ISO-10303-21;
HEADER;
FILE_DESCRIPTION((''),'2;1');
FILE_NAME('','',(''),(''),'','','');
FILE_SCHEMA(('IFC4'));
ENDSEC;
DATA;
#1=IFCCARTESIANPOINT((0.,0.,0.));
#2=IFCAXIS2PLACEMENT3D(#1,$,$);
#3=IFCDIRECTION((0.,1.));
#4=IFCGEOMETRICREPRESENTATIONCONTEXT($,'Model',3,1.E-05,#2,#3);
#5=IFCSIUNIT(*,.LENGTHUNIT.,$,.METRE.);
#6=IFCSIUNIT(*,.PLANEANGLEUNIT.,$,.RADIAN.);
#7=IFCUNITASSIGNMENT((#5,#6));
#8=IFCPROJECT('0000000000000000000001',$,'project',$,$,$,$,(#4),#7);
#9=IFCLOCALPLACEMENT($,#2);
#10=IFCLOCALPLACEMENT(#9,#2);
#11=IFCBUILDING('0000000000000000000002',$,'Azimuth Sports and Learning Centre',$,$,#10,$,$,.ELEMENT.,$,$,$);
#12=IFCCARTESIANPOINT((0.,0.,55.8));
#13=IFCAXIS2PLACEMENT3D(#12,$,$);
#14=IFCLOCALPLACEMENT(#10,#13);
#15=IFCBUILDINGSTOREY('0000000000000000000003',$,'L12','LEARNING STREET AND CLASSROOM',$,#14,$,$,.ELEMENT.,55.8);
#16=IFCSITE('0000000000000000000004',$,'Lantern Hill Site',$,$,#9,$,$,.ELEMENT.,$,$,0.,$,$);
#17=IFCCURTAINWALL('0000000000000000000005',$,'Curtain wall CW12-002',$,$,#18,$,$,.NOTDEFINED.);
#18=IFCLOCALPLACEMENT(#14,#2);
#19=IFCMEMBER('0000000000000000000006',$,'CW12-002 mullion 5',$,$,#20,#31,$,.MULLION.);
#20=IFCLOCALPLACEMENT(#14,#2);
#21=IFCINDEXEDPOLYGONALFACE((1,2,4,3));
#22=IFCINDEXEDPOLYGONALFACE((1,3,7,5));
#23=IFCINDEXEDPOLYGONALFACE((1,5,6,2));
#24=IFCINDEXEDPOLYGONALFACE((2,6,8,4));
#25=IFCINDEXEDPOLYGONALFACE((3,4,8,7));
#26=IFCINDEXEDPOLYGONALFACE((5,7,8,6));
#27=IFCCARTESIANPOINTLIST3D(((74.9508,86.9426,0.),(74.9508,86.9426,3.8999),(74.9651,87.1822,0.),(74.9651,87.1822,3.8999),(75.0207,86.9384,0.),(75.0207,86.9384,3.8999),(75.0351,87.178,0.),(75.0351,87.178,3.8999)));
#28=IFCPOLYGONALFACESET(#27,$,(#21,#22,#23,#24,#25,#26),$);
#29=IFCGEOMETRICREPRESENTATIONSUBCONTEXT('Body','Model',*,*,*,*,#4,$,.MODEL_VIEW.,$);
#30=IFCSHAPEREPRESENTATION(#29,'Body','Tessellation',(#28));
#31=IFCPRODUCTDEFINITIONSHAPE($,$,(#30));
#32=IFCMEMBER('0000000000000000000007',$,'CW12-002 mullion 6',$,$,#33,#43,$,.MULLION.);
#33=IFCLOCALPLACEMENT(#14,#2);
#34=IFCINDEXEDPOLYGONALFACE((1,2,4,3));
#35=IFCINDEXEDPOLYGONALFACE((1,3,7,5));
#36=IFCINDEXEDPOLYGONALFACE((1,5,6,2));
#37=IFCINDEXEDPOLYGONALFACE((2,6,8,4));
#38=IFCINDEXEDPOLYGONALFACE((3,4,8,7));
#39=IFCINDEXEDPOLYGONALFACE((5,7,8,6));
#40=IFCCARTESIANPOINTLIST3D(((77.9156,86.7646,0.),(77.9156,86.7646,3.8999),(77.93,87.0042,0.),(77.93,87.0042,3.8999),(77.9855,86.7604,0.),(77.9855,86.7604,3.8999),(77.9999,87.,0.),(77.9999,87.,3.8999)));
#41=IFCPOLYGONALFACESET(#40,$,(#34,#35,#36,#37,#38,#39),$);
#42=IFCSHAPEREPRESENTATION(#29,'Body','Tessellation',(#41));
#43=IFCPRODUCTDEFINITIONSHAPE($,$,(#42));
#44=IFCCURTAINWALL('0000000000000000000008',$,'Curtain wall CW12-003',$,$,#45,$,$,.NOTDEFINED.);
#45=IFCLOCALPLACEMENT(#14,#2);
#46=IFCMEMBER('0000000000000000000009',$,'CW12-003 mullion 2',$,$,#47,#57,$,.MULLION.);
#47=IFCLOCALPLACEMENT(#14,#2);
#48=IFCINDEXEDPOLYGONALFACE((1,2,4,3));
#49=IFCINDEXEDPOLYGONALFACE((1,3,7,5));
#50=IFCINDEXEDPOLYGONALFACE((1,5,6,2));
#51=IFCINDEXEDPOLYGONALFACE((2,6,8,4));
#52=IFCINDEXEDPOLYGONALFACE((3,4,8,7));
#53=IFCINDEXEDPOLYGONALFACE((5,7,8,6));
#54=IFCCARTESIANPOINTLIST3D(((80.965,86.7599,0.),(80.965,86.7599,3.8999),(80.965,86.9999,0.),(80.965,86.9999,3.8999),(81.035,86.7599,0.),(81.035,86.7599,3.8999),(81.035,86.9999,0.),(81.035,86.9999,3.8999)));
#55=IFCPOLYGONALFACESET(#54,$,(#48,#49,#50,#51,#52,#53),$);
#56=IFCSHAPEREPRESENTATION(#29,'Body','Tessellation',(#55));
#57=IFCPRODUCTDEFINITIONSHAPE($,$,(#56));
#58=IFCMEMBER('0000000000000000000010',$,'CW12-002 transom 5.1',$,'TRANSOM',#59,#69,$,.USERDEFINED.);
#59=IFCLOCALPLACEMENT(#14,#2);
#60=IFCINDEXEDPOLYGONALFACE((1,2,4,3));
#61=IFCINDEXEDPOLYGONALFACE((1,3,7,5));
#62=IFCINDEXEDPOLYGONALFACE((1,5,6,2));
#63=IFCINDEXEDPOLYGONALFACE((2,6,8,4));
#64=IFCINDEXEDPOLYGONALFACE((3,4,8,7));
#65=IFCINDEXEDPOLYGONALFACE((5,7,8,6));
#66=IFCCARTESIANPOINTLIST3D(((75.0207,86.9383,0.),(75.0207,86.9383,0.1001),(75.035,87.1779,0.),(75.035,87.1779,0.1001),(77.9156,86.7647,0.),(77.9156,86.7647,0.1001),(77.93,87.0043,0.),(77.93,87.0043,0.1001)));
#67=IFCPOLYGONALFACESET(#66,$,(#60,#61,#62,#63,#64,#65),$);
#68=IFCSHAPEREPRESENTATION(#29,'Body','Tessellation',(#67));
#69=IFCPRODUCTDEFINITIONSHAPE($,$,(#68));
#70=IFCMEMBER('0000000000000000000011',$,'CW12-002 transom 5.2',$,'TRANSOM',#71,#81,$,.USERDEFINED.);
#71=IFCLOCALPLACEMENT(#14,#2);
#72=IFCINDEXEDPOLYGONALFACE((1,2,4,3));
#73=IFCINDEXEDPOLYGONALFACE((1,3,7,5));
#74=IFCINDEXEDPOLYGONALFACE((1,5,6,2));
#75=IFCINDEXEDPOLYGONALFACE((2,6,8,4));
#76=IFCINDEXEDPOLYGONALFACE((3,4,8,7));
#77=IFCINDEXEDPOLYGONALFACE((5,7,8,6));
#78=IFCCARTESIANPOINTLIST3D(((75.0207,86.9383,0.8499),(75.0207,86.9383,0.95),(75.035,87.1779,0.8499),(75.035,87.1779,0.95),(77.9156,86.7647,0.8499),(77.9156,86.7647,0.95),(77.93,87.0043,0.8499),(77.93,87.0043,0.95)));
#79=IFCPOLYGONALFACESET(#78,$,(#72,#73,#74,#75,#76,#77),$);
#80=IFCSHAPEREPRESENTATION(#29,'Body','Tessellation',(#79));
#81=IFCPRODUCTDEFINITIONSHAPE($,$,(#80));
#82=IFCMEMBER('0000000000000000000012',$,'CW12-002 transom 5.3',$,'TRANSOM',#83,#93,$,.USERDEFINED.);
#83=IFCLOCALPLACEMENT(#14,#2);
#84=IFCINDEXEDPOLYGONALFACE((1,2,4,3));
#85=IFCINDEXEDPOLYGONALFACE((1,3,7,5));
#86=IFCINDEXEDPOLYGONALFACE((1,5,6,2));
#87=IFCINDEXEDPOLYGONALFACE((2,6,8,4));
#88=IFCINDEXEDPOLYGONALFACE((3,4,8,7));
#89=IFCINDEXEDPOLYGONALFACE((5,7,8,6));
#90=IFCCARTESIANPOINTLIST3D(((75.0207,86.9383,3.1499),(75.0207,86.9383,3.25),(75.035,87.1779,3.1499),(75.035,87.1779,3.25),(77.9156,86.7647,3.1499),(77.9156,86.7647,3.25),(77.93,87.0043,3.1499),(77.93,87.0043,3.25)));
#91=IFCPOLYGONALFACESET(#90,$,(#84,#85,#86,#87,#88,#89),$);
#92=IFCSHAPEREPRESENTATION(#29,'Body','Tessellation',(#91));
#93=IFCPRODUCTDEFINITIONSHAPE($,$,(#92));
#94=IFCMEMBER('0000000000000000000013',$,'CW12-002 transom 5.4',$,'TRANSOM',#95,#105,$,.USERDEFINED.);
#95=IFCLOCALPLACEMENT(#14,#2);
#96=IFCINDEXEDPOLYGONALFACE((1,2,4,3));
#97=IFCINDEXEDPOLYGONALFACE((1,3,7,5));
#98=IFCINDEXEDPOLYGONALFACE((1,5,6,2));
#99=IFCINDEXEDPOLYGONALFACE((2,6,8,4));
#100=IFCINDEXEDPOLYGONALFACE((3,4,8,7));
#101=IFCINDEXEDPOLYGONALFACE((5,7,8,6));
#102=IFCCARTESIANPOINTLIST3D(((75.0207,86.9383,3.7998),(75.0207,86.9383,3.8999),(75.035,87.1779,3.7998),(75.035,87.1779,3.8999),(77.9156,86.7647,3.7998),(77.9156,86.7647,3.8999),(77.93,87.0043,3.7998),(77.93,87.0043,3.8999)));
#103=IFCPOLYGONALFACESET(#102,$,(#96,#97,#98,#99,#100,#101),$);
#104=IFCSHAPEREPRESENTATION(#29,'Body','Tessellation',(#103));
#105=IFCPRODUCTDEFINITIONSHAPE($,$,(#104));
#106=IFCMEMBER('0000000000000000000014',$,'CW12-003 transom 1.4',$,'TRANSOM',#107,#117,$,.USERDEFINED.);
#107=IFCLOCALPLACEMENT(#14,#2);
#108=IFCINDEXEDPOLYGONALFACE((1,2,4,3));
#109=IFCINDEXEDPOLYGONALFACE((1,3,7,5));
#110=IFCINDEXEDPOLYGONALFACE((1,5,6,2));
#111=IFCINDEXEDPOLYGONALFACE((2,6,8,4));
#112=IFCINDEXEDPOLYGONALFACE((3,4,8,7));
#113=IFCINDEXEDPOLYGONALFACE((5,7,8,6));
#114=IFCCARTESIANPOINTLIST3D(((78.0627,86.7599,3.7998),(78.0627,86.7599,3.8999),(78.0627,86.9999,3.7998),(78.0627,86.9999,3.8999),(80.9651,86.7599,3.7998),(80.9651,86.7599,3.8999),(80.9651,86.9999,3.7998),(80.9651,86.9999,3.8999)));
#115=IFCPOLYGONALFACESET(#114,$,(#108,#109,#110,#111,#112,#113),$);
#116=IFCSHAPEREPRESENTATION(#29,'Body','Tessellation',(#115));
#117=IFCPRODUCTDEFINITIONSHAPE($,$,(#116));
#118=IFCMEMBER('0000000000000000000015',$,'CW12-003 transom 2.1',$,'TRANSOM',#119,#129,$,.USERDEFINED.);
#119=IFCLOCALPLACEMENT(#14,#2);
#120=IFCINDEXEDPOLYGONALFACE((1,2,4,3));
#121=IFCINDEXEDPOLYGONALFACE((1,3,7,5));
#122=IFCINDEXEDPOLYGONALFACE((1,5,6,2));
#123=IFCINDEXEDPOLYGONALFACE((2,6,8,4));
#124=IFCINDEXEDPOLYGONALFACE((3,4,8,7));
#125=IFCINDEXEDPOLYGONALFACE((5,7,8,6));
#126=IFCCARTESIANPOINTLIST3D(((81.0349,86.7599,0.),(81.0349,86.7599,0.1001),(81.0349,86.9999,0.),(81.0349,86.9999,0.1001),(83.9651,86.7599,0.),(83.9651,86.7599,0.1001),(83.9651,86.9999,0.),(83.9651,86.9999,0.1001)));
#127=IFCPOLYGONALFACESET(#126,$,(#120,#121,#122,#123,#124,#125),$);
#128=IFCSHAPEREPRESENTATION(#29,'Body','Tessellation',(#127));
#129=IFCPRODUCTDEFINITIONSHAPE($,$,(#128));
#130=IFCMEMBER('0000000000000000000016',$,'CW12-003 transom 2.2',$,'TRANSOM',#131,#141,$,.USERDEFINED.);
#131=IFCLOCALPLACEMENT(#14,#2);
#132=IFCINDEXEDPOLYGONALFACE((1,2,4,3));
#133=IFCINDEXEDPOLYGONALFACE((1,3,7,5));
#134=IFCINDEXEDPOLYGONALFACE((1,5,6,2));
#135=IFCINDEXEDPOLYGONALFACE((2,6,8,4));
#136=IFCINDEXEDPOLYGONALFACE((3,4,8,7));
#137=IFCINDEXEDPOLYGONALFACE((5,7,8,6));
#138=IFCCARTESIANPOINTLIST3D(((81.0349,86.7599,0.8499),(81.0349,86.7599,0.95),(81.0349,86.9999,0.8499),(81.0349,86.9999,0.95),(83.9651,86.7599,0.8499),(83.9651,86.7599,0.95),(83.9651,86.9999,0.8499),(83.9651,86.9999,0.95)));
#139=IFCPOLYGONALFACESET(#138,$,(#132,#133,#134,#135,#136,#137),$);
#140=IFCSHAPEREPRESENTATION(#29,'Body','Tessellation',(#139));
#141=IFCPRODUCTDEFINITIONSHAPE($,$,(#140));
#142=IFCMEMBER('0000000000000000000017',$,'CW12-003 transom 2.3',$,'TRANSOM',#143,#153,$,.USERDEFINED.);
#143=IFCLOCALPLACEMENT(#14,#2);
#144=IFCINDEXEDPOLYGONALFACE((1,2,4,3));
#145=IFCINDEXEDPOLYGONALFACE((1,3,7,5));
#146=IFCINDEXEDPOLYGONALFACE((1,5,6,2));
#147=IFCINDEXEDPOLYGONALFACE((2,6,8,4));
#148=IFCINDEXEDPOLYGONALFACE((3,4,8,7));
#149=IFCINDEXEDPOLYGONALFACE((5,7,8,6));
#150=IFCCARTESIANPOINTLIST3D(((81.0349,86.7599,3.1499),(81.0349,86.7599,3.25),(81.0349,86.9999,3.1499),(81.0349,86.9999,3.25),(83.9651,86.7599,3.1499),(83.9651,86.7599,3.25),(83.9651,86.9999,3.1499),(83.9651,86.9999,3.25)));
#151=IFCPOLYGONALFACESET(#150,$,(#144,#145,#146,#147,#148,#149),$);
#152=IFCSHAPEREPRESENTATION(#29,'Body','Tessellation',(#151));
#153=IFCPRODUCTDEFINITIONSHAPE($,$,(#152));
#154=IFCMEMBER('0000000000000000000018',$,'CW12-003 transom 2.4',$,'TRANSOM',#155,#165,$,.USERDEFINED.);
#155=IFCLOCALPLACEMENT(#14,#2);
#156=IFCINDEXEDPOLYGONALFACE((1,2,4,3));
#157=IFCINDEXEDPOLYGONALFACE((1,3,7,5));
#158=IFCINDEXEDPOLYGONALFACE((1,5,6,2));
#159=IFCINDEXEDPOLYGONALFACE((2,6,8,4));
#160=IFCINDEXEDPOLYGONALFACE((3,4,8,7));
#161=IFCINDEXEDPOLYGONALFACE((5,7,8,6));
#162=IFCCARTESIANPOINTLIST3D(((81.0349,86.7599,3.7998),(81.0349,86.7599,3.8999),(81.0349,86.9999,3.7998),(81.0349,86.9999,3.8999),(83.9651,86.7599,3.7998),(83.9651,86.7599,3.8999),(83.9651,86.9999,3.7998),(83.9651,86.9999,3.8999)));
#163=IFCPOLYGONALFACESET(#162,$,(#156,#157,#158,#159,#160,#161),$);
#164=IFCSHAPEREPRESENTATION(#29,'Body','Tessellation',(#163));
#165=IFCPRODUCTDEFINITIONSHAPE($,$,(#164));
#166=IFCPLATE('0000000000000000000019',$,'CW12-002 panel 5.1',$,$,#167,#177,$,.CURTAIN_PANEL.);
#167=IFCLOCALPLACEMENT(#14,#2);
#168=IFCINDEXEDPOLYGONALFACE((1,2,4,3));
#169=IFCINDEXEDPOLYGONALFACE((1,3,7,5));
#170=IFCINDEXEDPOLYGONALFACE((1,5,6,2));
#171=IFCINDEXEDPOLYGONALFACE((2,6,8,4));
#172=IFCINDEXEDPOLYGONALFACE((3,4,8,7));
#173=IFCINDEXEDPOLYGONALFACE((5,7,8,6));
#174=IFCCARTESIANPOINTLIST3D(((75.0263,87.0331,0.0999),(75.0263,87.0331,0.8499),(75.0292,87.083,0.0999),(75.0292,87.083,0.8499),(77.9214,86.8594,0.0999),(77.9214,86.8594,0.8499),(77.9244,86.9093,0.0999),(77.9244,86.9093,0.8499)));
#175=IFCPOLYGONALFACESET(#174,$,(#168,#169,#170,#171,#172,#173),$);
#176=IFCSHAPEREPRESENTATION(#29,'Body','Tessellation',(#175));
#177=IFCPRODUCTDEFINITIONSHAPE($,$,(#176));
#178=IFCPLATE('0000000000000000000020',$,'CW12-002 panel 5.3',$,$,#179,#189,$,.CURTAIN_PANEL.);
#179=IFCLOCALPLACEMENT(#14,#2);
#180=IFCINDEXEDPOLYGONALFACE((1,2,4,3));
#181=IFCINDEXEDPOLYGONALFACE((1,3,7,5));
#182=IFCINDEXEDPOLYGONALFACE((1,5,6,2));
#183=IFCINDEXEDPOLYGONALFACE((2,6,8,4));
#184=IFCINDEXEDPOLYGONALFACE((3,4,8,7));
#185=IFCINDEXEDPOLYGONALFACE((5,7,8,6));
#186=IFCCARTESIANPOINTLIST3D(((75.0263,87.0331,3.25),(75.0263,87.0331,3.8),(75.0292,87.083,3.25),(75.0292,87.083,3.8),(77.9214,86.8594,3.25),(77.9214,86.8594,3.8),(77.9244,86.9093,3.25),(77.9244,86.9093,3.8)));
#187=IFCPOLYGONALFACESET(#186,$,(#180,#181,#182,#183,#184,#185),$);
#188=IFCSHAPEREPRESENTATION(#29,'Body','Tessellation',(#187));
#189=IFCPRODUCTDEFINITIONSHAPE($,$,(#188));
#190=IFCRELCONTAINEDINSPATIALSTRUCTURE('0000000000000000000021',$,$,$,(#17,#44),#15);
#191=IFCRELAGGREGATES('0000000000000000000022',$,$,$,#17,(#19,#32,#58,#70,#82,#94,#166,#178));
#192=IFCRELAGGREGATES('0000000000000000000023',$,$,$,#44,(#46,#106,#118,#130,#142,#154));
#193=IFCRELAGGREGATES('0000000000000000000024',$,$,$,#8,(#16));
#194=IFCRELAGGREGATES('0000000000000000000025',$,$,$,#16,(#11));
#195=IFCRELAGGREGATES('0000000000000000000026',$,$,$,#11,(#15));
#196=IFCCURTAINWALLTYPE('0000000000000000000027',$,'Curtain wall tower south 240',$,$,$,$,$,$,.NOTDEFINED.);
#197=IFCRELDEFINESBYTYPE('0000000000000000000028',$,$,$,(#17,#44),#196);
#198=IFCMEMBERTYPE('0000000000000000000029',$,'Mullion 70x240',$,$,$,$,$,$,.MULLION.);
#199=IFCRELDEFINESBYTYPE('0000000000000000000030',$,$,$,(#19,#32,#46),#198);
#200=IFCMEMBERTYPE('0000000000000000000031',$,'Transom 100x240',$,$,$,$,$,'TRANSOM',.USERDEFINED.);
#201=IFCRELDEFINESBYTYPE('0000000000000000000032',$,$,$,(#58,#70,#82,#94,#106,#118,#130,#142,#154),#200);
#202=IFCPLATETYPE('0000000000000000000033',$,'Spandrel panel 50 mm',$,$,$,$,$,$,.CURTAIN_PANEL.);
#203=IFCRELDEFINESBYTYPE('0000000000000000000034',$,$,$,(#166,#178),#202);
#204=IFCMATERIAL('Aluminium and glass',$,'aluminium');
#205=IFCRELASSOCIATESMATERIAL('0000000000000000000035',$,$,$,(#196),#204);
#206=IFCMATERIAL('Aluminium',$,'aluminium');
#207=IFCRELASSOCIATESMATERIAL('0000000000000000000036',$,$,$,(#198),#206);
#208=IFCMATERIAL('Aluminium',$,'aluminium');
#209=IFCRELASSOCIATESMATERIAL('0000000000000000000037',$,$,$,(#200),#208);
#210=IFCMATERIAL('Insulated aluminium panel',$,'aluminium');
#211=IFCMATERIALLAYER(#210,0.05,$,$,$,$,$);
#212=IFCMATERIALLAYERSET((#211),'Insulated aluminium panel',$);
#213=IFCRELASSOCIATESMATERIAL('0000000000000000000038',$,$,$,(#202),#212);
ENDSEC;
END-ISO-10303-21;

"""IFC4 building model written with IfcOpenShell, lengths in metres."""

from ifc_helpers import new_model, si_unit, direction, frame, origin, origin_2d, place, context, subcontext, project, spatial, rectangle, extrude, material, layer, layer_set, material_profile, profile_set, type_object, element, aggregate, save


model = new_model("IFC4")

# Units and contexts
model_context = context("Model", 3, precision=1e-05, world=origin(), true_north=direction((0.0, 1.0)))
body_context = subcontext(model_context, "Body", "Model", "MODEL_VIEW")
ifc_project = project(units=[si_unit("LENGTHUNIT", "METRE"), si_unit("PLANEANGLEUNIT", "RADIAN")], contexts=[model_context])

# Site, building, storey
site_placement = place(None, origin())
site = spatial("IfcSite", under=ifc_project, at=site_placement, Name="Lantern Hill Site", CompositionType="ELEMENT", RefElevation=0.0)
building_placement = place(site_placement, origin())
building = spatial("IfcBuilding", under=site, at=building_placement, Name="Azimuth Sports and Learning Centre", CompositionType="ELEMENT")
storey_placement = place(building_placement, frame((0.0, 0.0, 55.8)))
storey = spatial("IfcBuildingStorey", under=building, at=storey_placement, Name="L12", Description="LEARNING STREET AND CLASSROOM", CompositionType="ELEMENT", Elevation=55.8)

# Curtain wall, members
ifc_material_1 = material(Name="Aluminium and glass", Category="aluminium")
curtain_wall_type = type_object("IfcCurtainWallType", Name="Curtain wall tower south 240", PredefinedType="NOTDEFINED", material=ifc_material_1)
curtain_wall_1_placement = place(storey_placement, origin())
curtain_wall_1 = element("IfcCurtainWall", 1, at=curtain_wall_1_placement, inside=storey, type_object=curtain_wall_type, Name="Curtain wall CW12-002", PredefinedType="NOTDEFINED")
ifc_material_2 = material(Name="Aluminium", Category="aluminium")
ifc_material_profile_1 = material_profile(ifc_material_2, rectangle(XDim=0.24, YDim=0.0701, at=origin_2d()), Name="Mullion 70x240")
ifc_profile_set_1 = profile_set([ifc_material_profile_1], Name="Aluminium")
member_type_1 = type_object("IfcMemberType", Name="Mullion 70x240", PredefinedType="MULLION", material=ifc_profile_set_1)
member_1_placement = place(storey_placement, frame((74.9929, 87.0603, 0.0), z_axis=(0.0, 0.0, 1.0), x_axis=(0.059892, 0.998205, 0.0)))
member_1 = element("IfcMember", 2, at=member_1_placement, type_object=member_type_1, Name="CW12-002 mullion 5", PredefinedType="MULLION", context=body_context, shape_type="SweptSolid", body=[
    extrude(rectangle(XDim=0.24, YDim=0.0701, at=origin_2d()), origin(), (0.0, 0.0, 1.0), 3.8999),
])
member_2_placement = place(storey_placement, frame((77.9578, 86.8823, 0.0), z_axis=(0.0, 0.0, 1.0), x_axis=(0.059892, 0.998205, 0.0)))
member_2 = element("IfcMember", 3, at=member_2_placement, type_object=member_type_1, Name="CW12-002 mullion 6", PredefinedType="MULLION", context=body_context, shape_type="SweptSolid", body=[
    extrude(rectangle(XDim=0.24, YDim=0.0701, at=origin_2d()), origin(), (0.0, 0.0, 1.0), 3.8999),
])

# Curtain wall, member
curtain_wall_2_placement = place(storey_placement, origin())
curtain_wall_2 = element("IfcCurtainWall", 4, at=curtain_wall_2_placement, inside=storey, type_object=curtain_wall_type, Name="Curtain wall CW12-003", PredefinedType="NOTDEFINED")
member_3_placement = place(storey_placement, frame((81.0, 86.8799, 0.0), z_axis=(0.0, 0.0, 1.0), x_axis=(0.0, 1.0, 0.0)))
member_3 = element("IfcMember", 5, at=member_3_placement, type_object=member_type_1, Name="CW12-003 mullion 2", PredefinedType="MULLION", context=body_context, shape_type="SweptSolid", body=[
    extrude(rectangle(XDim=0.24, YDim=0.0701, at=origin_2d()), origin(), (0.0, 0.0, 1.0), 3.8999),
])

# Members
ifc_material_3 = material(Name="Aluminium", Category="aluminium")
ifc_material_profile_2 = material_profile(ifc_material_3, rectangle(XDim=0.24, YDim=0.1001, at=origin_2d()), Name="Transom 100x240")
ifc_profile_set_2 = profile_set([ifc_material_profile_2], Name="Aluminium")
member_type_2 = type_object("IfcMemberType", Name="Transom 100x240", ElementType="TRANSOM", PredefinedType="USERDEFINED", material=ifc_profile_set_2)
member_4_placement = place(storey_placement, frame((75.0278, 87.0581, 0.05), z_axis=(0.998207, -0.059852, 0.0), x_axis=(0.059852, 0.998207, 0.0)))
member_4 = element("IfcMember", 6, at=member_4_placement, type_object=member_type_2, Name="CW12-002 transom 5.1", ObjectType="TRANSOM", PredefinedType="USERDEFINED", context=body_context, shape_type="SweptSolid", body=[
    extrude(rectangle(XDim=0.24, YDim=0.1001, at=origin_2d()), origin(), (0.0, 0.0, 1.0), 2.9001),
])
member_5_placement = place(storey_placement, frame((75.0278, 87.0581, 0.8999), z_axis=(0.998207, -0.059852, 0.0), x_axis=(0.059852, 0.998207, 0.0)))
member_5 = element("IfcMember", 7, at=member_5_placement, type_object=member_type_2, Name="CW12-002 transom 5.2", ObjectType="TRANSOM", PredefinedType="USERDEFINED", context=body_context, shape_type="SweptSolid", body=[
    extrude(rectangle(XDim=0.24, YDim=0.1001, at=origin_2d()), origin(), (0.0, 0.0, 1.0), 2.9001),
])
member_6_placement = place(storey_placement, frame((75.0278, 87.0581, 3.2), z_axis=(0.998207, -0.059852, 0.0), x_axis=(0.059852, 0.998207, 0.0)))
member_6 = element("IfcMember", 8, at=member_6_placement, type_object=member_type_2, Name="CW12-002 transom 5.3", ObjectType="TRANSOM", PredefinedType="USERDEFINED", context=body_context, shape_type="SweptSolid", body=[
    extrude(rectangle(XDim=0.24, YDim=0.1001, at=origin_2d()), origin(), (0.0, 0.0, 1.0), 2.9001),
])
member_7_placement = place(storey_placement, frame((75.0278, 87.0581, 3.8499), z_axis=(0.998207, -0.059852, 0.0), x_axis=(0.059852, 0.998207, 0.0)))
member_7 = element("IfcMember", 9, at=member_7_placement, type_object=member_type_2, Name="CW12-002 transom 5.4", ObjectType="TRANSOM", PredefinedType="USERDEFINED", context=body_context, shape_type="SweptSolid", body=[
    extrude(rectangle(XDim=0.24, YDim=0.1001, at=origin_2d()), origin(), (0.0, 0.0, 1.0), 2.9001),
])
member_8_placement = place(storey_placement, frame((78.0627, 86.8799, 3.8499), z_axis=(1.0, 0.0, 0.0), x_axis=(0.0, 1.0, 0.0)))
member_8 = element("IfcMember", 10, at=member_8_placement, type_object=member_type_2, Name="CW12-003 transom 1.4", ObjectType="TRANSOM", PredefinedType="USERDEFINED", context=body_context, shape_type="SweptSolid", body=[
    extrude(rectangle(XDim=0.24, YDim=0.1001, at=origin_2d()), origin(), (0.0, 0.0, 1.0), 2.9023),
])
member_9_placement = place(storey_placement, frame((81.0349, 86.8799, 0.05), z_axis=(1.0, 0.0, 0.0), x_axis=(0.0, 1.0, 0.0)))
member_9 = element("IfcMember", 11, at=member_9_placement, type_object=member_type_2, Name="CW12-003 transom 2.1", ObjectType="TRANSOM", PredefinedType="USERDEFINED", context=body_context, shape_type="SweptSolid", body=[
    extrude(rectangle(XDim=0.24, YDim=0.1001, at=origin_2d()), origin(), (0.0, 0.0, 1.0), 2.9302),
])
member_10_placement = place(storey_placement, frame((81.0349, 86.8799, 0.8999), z_axis=(1.0, 0.0, 0.0), x_axis=(0.0, 1.0, 0.0)))
member_10 = element("IfcMember", 12, at=member_10_placement, type_object=member_type_2, Name="CW12-003 transom 2.2", ObjectType="TRANSOM", PredefinedType="USERDEFINED", context=body_context, shape_type="SweptSolid", body=[
    extrude(rectangle(XDim=0.24, YDim=0.1001, at=origin_2d()), origin(), (0.0, 0.0, 1.0), 2.9302),
])
member_11_placement = place(storey_placement, frame((81.0349, 86.8799, 3.2), z_axis=(1.0, 0.0, 0.0), x_axis=(0.0, 1.0, 0.0)))
member_11 = element("IfcMember", 13, at=member_11_placement, type_object=member_type_2, Name="CW12-003 transom 2.3", ObjectType="TRANSOM", PredefinedType="USERDEFINED", context=body_context, shape_type="SweptSolid", body=[
    extrude(rectangle(XDim=0.24, YDim=0.1001, at=origin_2d()), origin(), (0.0, 0.0, 1.0), 2.9302),
])
member_12_placement = place(storey_placement, frame((81.0349, 86.8799, 3.8499), z_axis=(1.0, 0.0, 0.0), x_axis=(0.0, 1.0, 0.0)))
member_12 = element("IfcMember", 14, at=member_12_placement, type_object=member_type_2, Name="CW12-003 transom 2.4", ObjectType="TRANSOM", PredefinedType="USERDEFINED", context=body_context, shape_type="SweptSolid", body=[
    extrude(rectangle(XDim=0.24, YDim=0.1001, at=origin_2d()), origin(), (0.0, 0.0, 1.0), 2.9302),
])

# Plates
ifc_material_4 = material(Name="Insulated aluminium panel", Category="aluminium")
ifc_layer_1 = layer(ifc_material_4, 0.05)
ifc_layer_set_1 = layer_set([ifc_layer_1], Name="Insulated aluminium panel")
plate_type_1 = type_object("IfcPlateType", Name="Spandrel panel 50 mm", PredefinedType="CURTAIN_PANEL", material=ifc_layer_set_1)
plate_1_placement = place(storey_placement, frame((76.4753, 86.9712, 0.0999), z_axis=(0.0, 0.0, 1.0), x_axis=(0.998205, -0.059892, 0.0)))
plate_1 = element("IfcPlate", 15, at=plate_1_placement, type_object=plate_type_1, Name="CW12-002 panel 5.1", PredefinedType="CURTAIN_PANEL", context=body_context, shape_type="SweptSolid", body=[
    extrude(rectangle(XDim=2.9004, YDim=0.05, at=origin_2d()), origin(), (0.0, 0.0, 1.0), 0.75),
])
plate_2_placement = place(storey_placement, frame((76.4753, 86.9712, 3.25), z_axis=(0.0, 0.0, 1.0), x_axis=(0.998205, -0.059892, 0.0)))
plate_2 = element("IfcPlate", 16, at=plate_2_placement, type_object=plate_type_1, Name="CW12-002 panel 5.3", PredefinedType="CURTAIN_PANEL", context=body_context, shape_type="SweptSolid", body=[
    extrude(rectangle(XDim=2.9004, YDim=0.05, at=origin_2d()), origin(), (0.0, 0.0, 1.0), 0.55),
])
aggregate(curtain_wall_1, [member_1, member_2, member_4, member_5, member_6, member_7, plate_1, plate_2])
aggregate(curtain_wall_2, [member_3, member_8, member_9, member_10, member_11, member_12])

save(model, "model.ifc")
